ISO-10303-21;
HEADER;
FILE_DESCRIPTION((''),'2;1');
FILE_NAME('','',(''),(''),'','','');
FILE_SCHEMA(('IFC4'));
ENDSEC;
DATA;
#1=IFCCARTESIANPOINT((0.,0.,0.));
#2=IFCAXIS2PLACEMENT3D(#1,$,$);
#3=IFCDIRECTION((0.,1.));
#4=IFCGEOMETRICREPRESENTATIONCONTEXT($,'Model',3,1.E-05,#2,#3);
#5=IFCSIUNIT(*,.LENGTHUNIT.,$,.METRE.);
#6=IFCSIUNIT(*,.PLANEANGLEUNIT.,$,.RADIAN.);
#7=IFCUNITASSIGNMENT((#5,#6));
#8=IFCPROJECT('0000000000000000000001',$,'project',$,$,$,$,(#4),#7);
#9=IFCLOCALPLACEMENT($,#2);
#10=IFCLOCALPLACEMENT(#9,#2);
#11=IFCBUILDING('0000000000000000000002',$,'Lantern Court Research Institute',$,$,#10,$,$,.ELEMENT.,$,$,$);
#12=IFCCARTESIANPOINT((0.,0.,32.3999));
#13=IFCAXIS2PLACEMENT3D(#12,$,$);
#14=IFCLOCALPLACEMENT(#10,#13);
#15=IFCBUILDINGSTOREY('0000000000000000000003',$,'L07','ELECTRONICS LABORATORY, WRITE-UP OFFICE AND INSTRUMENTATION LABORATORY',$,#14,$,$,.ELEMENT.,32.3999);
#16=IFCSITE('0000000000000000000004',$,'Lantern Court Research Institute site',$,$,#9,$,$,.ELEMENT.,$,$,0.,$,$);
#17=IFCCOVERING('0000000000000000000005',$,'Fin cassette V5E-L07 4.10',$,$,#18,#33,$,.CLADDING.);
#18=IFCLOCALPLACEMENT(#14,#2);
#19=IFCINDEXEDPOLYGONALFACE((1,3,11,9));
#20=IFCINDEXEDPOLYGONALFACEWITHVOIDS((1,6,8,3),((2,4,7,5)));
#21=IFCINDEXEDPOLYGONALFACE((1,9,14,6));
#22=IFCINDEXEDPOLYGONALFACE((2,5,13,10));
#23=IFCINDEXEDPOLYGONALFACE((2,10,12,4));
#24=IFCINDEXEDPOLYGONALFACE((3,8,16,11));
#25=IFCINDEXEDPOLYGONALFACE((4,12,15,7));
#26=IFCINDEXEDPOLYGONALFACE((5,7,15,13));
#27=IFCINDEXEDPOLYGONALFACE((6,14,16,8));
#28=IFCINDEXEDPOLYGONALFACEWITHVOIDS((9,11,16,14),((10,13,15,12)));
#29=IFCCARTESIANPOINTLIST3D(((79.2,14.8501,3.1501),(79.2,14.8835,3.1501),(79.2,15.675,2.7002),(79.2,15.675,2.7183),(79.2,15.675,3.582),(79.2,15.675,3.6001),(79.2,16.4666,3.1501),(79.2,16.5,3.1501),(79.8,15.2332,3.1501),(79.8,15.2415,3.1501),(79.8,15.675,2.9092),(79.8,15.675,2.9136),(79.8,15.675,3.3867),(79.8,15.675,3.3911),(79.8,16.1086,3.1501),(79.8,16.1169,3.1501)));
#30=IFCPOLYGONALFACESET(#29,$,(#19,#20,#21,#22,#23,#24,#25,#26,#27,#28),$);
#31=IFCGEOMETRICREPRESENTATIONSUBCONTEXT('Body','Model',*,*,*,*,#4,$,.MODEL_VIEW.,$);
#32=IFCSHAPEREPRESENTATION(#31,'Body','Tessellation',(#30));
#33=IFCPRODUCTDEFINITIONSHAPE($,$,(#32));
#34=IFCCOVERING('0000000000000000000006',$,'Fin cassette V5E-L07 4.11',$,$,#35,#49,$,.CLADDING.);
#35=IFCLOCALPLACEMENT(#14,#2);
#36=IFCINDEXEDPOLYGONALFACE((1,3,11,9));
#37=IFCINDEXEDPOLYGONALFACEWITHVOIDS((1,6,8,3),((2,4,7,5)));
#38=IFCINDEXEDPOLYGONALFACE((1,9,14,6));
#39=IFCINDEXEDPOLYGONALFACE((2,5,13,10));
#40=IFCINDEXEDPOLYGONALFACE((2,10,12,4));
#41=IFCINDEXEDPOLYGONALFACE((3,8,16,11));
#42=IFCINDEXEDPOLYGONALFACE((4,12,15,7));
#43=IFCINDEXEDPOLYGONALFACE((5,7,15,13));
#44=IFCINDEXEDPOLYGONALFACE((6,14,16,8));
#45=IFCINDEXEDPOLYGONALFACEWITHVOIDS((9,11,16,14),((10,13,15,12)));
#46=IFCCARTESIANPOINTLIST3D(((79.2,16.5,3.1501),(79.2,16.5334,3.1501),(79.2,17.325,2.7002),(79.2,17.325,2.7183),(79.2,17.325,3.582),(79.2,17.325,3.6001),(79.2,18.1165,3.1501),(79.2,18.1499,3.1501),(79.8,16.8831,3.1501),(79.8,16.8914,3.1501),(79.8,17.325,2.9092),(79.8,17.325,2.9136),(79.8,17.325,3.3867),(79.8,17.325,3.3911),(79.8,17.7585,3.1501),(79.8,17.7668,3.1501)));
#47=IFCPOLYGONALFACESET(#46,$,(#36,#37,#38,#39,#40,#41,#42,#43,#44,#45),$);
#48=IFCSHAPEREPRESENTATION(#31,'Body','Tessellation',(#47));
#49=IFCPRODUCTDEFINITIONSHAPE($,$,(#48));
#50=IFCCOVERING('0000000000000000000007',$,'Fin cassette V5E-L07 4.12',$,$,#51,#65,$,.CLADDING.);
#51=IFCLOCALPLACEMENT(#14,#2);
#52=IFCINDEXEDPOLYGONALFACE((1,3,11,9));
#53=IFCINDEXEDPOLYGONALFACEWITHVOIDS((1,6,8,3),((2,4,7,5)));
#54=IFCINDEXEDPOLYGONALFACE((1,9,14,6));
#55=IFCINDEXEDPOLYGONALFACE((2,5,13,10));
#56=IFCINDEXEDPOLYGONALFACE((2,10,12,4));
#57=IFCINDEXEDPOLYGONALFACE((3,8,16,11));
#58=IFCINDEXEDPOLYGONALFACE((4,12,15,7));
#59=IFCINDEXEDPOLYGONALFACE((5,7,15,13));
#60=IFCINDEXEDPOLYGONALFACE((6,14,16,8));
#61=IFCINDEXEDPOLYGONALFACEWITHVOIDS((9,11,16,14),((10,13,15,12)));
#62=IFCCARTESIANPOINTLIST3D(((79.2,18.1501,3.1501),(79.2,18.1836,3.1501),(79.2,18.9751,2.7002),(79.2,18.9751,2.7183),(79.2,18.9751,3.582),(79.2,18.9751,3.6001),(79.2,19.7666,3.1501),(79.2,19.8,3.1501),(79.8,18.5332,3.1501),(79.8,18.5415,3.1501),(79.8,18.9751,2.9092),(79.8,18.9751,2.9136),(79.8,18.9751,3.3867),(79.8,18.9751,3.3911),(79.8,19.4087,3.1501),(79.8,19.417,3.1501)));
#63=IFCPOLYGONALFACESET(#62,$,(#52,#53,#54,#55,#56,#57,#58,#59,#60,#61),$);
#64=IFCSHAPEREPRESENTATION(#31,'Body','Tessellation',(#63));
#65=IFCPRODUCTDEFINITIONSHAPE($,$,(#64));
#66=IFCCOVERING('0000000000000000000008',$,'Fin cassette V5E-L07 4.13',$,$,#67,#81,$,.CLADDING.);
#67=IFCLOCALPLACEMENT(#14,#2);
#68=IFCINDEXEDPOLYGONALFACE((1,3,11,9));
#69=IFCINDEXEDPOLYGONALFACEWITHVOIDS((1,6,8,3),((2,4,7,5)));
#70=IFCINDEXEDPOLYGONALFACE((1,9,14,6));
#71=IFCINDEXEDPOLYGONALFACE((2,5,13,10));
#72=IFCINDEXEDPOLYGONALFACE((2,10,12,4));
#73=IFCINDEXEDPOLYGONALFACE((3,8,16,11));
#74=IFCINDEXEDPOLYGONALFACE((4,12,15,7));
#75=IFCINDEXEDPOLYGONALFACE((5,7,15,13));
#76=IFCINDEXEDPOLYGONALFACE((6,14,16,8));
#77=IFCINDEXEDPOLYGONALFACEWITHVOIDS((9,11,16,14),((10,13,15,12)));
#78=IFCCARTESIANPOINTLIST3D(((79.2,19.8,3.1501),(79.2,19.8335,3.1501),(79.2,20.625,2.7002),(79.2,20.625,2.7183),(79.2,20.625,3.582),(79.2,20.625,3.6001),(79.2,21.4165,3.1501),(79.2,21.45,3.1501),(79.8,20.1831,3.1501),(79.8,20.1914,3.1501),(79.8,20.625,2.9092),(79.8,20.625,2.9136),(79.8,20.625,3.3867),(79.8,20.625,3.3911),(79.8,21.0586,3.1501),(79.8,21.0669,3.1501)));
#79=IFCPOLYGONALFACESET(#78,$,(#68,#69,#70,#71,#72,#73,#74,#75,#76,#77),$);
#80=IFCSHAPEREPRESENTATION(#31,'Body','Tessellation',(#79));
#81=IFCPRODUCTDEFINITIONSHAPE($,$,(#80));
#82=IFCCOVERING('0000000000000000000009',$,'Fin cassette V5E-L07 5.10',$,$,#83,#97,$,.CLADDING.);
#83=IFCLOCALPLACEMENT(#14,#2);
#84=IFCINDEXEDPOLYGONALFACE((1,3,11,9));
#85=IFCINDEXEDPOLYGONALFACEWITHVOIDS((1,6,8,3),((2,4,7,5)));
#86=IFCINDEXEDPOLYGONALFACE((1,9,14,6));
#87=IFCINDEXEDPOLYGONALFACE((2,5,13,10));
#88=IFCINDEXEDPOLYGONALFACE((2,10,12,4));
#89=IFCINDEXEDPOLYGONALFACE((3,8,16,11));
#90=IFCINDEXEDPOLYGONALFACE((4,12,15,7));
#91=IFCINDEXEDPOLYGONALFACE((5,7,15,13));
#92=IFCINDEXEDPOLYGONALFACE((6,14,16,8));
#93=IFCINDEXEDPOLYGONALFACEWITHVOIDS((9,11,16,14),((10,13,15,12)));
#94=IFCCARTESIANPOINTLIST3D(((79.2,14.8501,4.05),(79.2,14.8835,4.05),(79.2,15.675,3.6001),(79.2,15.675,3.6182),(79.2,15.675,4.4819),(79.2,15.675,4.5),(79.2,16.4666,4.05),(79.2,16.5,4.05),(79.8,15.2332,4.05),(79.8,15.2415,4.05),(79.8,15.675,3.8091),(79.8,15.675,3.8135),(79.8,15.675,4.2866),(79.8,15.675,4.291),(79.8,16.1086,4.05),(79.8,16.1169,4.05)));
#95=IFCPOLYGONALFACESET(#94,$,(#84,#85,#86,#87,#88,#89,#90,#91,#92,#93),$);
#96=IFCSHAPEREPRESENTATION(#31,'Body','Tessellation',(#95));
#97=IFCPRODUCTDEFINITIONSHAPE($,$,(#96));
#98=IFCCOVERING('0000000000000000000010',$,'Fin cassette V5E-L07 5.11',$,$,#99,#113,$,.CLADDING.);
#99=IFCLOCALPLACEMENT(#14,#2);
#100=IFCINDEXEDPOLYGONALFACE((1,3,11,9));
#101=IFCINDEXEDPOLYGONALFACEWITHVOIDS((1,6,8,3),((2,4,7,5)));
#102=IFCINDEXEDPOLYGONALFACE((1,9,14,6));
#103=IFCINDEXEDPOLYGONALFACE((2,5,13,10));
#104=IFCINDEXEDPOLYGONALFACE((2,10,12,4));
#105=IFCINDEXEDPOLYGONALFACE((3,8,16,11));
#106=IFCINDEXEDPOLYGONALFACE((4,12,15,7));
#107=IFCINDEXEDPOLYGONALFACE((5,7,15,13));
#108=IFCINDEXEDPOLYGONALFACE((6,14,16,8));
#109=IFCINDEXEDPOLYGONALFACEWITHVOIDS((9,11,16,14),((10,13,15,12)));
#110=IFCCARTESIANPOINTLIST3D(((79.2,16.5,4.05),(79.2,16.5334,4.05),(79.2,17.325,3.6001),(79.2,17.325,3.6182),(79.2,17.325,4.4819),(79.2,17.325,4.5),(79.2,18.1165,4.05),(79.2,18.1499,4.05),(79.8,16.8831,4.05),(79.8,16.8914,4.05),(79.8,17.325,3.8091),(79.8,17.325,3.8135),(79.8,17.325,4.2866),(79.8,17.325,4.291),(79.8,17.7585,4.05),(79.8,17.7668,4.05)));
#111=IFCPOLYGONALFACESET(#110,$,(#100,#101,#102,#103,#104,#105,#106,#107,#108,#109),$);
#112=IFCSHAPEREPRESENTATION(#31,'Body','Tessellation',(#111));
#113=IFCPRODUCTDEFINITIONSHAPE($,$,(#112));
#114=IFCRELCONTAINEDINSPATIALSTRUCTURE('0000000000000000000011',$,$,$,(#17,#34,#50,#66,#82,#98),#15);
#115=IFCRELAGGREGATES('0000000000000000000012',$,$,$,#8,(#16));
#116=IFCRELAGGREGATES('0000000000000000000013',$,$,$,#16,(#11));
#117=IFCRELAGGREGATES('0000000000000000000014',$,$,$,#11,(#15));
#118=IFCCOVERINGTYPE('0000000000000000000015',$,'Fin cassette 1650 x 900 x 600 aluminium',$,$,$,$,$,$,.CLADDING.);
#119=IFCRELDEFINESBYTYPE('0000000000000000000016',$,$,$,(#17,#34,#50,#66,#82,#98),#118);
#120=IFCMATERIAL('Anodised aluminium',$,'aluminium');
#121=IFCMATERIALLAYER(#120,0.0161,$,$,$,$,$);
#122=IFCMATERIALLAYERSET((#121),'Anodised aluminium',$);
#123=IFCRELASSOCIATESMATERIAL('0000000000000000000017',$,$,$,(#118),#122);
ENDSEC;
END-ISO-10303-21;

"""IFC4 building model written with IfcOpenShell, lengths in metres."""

from ifc_helpers import new_model, entity, si_unit, direction, frame, origin, place, context, subcontext, project, spatial, material, layer, layer_set, type_object, element, save


model = new_model("IFC4")

# Units and contexts
model_context = context("Model", 3, precision=1e-05, world=origin(), true_north=direction((0.0, 1.0)))
body_context = subcontext(model_context, "Body", "Model", "MODEL_VIEW")
ifc_project = project(units=[si_unit("LENGTHUNIT", "METRE"), si_unit("PLANEANGLEUNIT", "RADIAN")], contexts=[model_context])

# Site, building, storey
site_placement = place(None, origin())
site = spatial("IfcSite", under=ifc_project, at=site_placement, Name="Lantern Court Research Institute site", CompositionType="ELEMENT", RefElevation=0.0)
building_placement = place(site_placement, origin())
building = spatial("IfcBuilding", under=site, at=building_placement, Name="Lantern Court Research Institute", CompositionType="ELEMENT")
storey_placement = place(building_placement, frame((0.0, 0.0, 32.3999)))
storey = spatial("IfcBuildingStorey", under=building, at=storey_placement, Name="L07", Description="ELECTRONICS LABORATORY, WRITE-UP OFFICE AND INSTRUMENTATION LABORATORY", CompositionType="ELEMENT", Elevation=32.3999)

# Coverings
ifc_material_1 = material(Name="Anodised aluminium", Category="aluminium")
ifc_layer_1 = layer(ifc_material_1, 0.0161)
ifc_layer_set_1 = layer_set([ifc_layer_1], Name="Anodised aluminium")
covering_type = type_object("IfcCoveringType", Name="Fin cassette 1650 x 900 x 600 aluminium", PredefinedType="CLADDING", material=ifc_layer_set_1)
covering_1_placement = place(storey_placement, frame((79.2, 15.675, 3.1501), z_axis=(1.0, 0.0, 0.0), x_axis=(0.0, 1.0, 0.0)))
cartesian_point_1 = entity("IfcCartesianPoint", [0.825, 0.0])
cartesian_point_2 = entity("IfcCartesianPoint", [0.7915, 0.0])
cartesian_point_3 = entity("IfcCartesianPoint", [0.4419, 0.0])
cartesian_point_4 = entity("IfcCartesianPoint", [0.4336, 0.0])
element("IfcCovering", 1, at=covering_1_placement, inside=storey, type_object=covering_type, Name="Fin cassette V5E-L07 4.10", PredefinedType="CLADDING", context=body_context, shape_type="SweptSolid", body=[
    entity("IfcExtrudedAreaSolidTapered", entity("IfcArbitraryProfileDefWithVoids", "AREA", None, entity("IfcPolyline", [cartesian_point_1, entity("IfcCartesianPoint", [0.0, 0.45]), entity("IfcCartesianPoint", [-0.825, 0.0]), entity("IfcCartesianPoint", [0.0, -0.45]), cartesian_point_1]), [entity("IfcPolyline", [cartesian_point_2, entity("IfcCartesianPoint", [0.0, 0.4319]), entity("IfcCartesianPoint", [-0.7915, 0.0]), entity("IfcCartesianPoint", [0.0, -0.4319]), cartesian_point_2])]), entity("IfcAxis2Placement3D", entity("IfcCartesianPoint", [0.0, 0.0, 0.0])), entity("IfcDirection", [0.0, 0.0, 1.0]), 0.6001, entity("IfcArbitraryProfileDefWithVoids", "AREA", None, entity("IfcPolyline", [cartesian_point_3, entity("IfcCartesianPoint", [0.0, 0.241]), entity("IfcCartesianPoint", [-0.4419, 0.0]), entity("IfcCartesianPoint", [0.0, -0.241]), cartesian_point_3]), [entity("IfcPolyline", [cartesian_point_4, entity("IfcCartesianPoint", [0.0, 0.2366]), entity("IfcCartesianPoint", [-0.4336, 0.0]), entity("IfcCartesianPoint", [0.0, -0.2366]), cartesian_point_4])])),
])
covering_2_placement = place(storey_placement, frame((79.2, 17.325, 3.1501), z_axis=(1.0, 0.0, 0.0), x_axis=(0.0, 1.0, 0.0)))
cartesian_point_5 = entity("IfcCartesianPoint", [0.825, 0.0])
cartesian_point_6 = entity("IfcCartesianPoint", [0.7915, 0.0])
cartesian_point_7 = entity("IfcCartesianPoint", [0.4419, 0.0])
cartesian_point_8 = entity("IfcCartesianPoint", [0.4336, 0.0])
element("IfcCovering", 2, at=covering_2_placement, inside=storey, type_object=covering_type, Name="Fin cassette V5E-L07 4.11", PredefinedType="CLADDING", context=body_context, shape_type="SweptSolid", body=[
    entity("IfcExtrudedAreaSolidTapered", entity("IfcArbitraryProfileDefWithVoids", "AREA", None, entity("IfcPolyline", [cartesian_point_5, entity("IfcCartesianPoint", [0.0, 0.45]), entity("IfcCartesianPoint", [-0.825, 0.0]), entity("IfcCartesianPoint", [0.0, -0.45]), cartesian_point_5]), [entity("IfcPolyline", [cartesian_point_6, entity("IfcCartesianPoint", [0.0, 0.4319]), entity("IfcCartesianPoint", [-0.7915, 0.0]), entity("IfcCartesianPoint", [0.0, -0.4319]), cartesian_point_6])]), entity("IfcAxis2Placement3D", entity("IfcCartesianPoint", [0.0, 0.0, 0.0])), entity("IfcDirection", [0.0, 0.0, 1.0]), 0.6001, entity("IfcArbitraryProfileDefWithVoids", "AREA", None, entity("IfcPolyline", [cartesian_point_7, entity("IfcCartesianPoint", [0.0, 0.241]), entity("IfcCartesianPoint", [-0.4419, 0.0]), entity("IfcCartesianPoint", [0.0, -0.241]), cartesian_point_7]), [entity("IfcPolyline", [cartesian_point_8, entity("IfcCartesianPoint", [0.0, 0.2366]), entity("IfcCartesianPoint", [-0.4336, 0.0]), entity("IfcCartesianPoint", [0.0, -0.2366]), cartesian_point_8])])),
])
covering_3_placement = place(storey_placement, frame((79.2, 18.9751, 3.1501), z_axis=(1.0, 0.0, 0.0), x_axis=(0.0, 1.0, 0.0)))
cartesian_point_9 = entity("IfcCartesianPoint", [0.825, 0.0])
cartesian_point_10 = entity("IfcCartesianPoint", [0.7915, 0.0])
cartesian_point_11 = entity("IfcCartesianPoint", [0.4419, 0.0])
cartesian_point_12 = entity("IfcCartesianPoint", [0.4336, 0.0])
element("IfcCovering", 3, at=covering_3_placement, inside=storey, type_object=covering_type, Name="Fin cassette V5E-L07 4.12", PredefinedType="CLADDING", context=body_context, shape_type="SweptSolid", body=[
    entity("IfcExtrudedAreaSolidTapered", entity("IfcArbitraryProfileDefWithVoids", "AREA", None, entity("IfcPolyline", [cartesian_point_9, entity("IfcCartesianPoint", [0.0, 0.45]), entity("IfcCartesianPoint", [-0.825, 0.0]), entity("IfcCartesianPoint", [0.0, -0.45]), cartesian_point_9]), [entity("IfcPolyline", [cartesian_point_10, entity("IfcCartesianPoint", [0.0, 0.4319]), entity("IfcCartesianPoint", [-0.7915, 0.0]), entity("IfcCartesianPoint", [0.0, -0.4319]), cartesian_point_10])]), entity("IfcAxis2Placement3D", entity("IfcCartesianPoint", [0.0, 0.0, 0.0])), entity("IfcDirection", [0.0, 0.0, 1.0]), 0.6001, entity("IfcArbitraryProfileDefWithVoids", "AREA", None, entity("IfcPolyline", [cartesian_point_11, entity("IfcCartesianPoint", [0.0, 0.241]), entity("IfcCartesianPoint", [-0.4419, 0.0]), entity("IfcCartesianPoint", [0.0, -0.241]), cartesian_point_11]), [entity("IfcPolyline", [cartesian_point_12, entity("IfcCartesianPoint", [0.0, 0.2366]), entity("IfcCartesianPoint", [-0.4336, 0.0]), entity("IfcCartesianPoint", [0.0, -0.2366]), cartesian_point_12])])),
])
covering_4_placement = place(storey_placement, frame((79.2, 20.625, 3.1501), z_axis=(1.0, 0.0, 0.0), x_axis=(0.0, 1.0, 0.0)))
cartesian_point_13 = entity("IfcCartesianPoint", [0.825, 0.0])
cartesian_point_14 = entity("IfcCartesianPoint", [0.7915, 0.0])
cartesian_point_15 = entity("IfcCartesianPoint", [0.4419, 0.0])
cartesian_point_16 = entity("IfcCartesianPoint", [0.4336, 0.0])
element("IfcCovering", 4, at=covering_4_placement, inside=storey, type_object=covering_type, Name="Fin cassette V5E-L07 4.13", PredefinedType="CLADDING", context=body_context, shape_type="SweptSolid", body=[
    entity("IfcExtrudedAreaSolidTapered", entity("IfcArbitraryProfileDefWithVoids", "AREA", None, entity("IfcPolyline", [cartesian_point_13, entity("IfcCartesianPoint", [0.0, 0.45]), entity("IfcCartesianPoint", [-0.825, 0.0]), entity("IfcCartesianPoint", [0.0, -0.45]), cartesian_point_13]), [entity("IfcPolyline", [cartesian_point_14, entity("IfcCartesianPoint", [0.0, 0.4319]), entity("IfcCartesianPoint", [-0.7915, 0.0]), entity("IfcCartesianPoint", [0.0, -0.4319]), cartesian_point_14])]), entity("IfcAxis2Placement3D", entity("IfcCartesianPoint", [0.0, 0.0, 0.0])), entity("IfcDirection", [0.0, 0.0, 1.0]), 0.6001, entity("IfcArbitraryProfileDefWithVoids", "AREA", None, entity("IfcPolyline", [cartesian_point_15, entity("IfcCartesianPoint", [0.0, 0.241]), entity("IfcCartesianPoint", [-0.4419, 0.0]), entity("IfcCartesianPoint", [0.0, -0.241]), cartesian_point_15]), [entity("IfcPolyline", [cartesian_point_16, entity("IfcCartesianPoint", [0.0, 0.2366]), entity("IfcCartesianPoint", [-0.4336, 0.0]), entity("IfcCartesianPoint", [0.0, -0.2366]), cartesian_point_16])])),
])
covering_5_placement = place(storey_placement, frame((79.2, 15.675, 4.05), z_axis=(1.0, 0.0, 0.0), x_axis=(0.0, 1.0, 0.0)))
cartesian_point_17 = entity("IfcCartesianPoint", [0.825, 0.0])
cartesian_point_18 = entity("IfcCartesianPoint", [0.7915, 0.0])
cartesian_point_19 = entity("IfcCartesianPoint", [0.4419, 0.0])
cartesian_point_20 = entity("IfcCartesianPoint", [0.4336, 0.0])
element("IfcCovering", 5, at=covering_5_placement, inside=storey, type_object=covering_type, Name="Fin cassette V5E-L07 5.10", PredefinedType="CLADDING", context=body_context, shape_type="SweptSolid", body=[
    entity("IfcExtrudedAreaSolidTapered", entity("IfcArbitraryProfileDefWithVoids", "AREA", None, entity("IfcPolyline", [cartesian_point_17, entity("IfcCartesianPoint", [0.0, 0.45]), entity("IfcCartesianPoint", [-0.825, 0.0]), entity("IfcCartesianPoint", [0.0, -0.45]), cartesian_point_17]), [entity("IfcPolyline", [cartesian_point_18, entity("IfcCartesianPoint", [0.0, 0.4319]), entity("IfcCartesianPoint", [-0.7915, 0.0]), entity("IfcCartesianPoint", [0.0, -0.4319]), cartesian_point_18])]), entity("IfcAxis2Placement3D", entity("IfcCartesianPoint", [0.0, 0.0, 0.0])), entity("IfcDirection", [0.0, 0.0, 1.0]), 0.6001, entity("IfcArbitraryProfileDefWithVoids", "AREA", None, entity("IfcPolyline", [cartesian_point_19, entity("IfcCartesianPoint", [0.0, 0.241]), entity("IfcCartesianPoint", [-0.4419, 0.0]), entity("IfcCartesianPoint", [0.0, -0.241]), cartesian_point_19]), [entity("IfcPolyline", [cartesian_point_20, entity("IfcCartesianPoint", [0.0, 0.2366]), entity("IfcCartesianPoint", [-0.4336, 0.0]), entity("IfcCartesianPoint", [0.0, -0.2366]), cartesian_point_20])])),
])
covering_6_placement = place(storey_placement, frame((79.2, 17.325, 4.05), z_axis=(1.0, 0.0, 0.0), x_axis=(0.0, 1.0, 0.0)))
cartesian_point_21 = entity("IfcCartesianPoint", [0.825, 0.0])
cartesian_point_22 = entity("IfcCartesianPoint", [0.7915, 0.0])
cartesian_point_23 = entity("IfcCartesianPoint", [0.4419, 0.0])
cartesian_point_24 = entity("IfcCartesianPoint", [0.4336, 0.0])
element("IfcCovering", 6, at=covering_6_placement, inside=storey, type_object=covering_type, Name="Fin cassette V5E-L07 5.11", PredefinedType="CLADDING", context=body_context, shape_type="SweptSolid", body=[
    entity("IfcExtrudedAreaSolidTapered", entity("IfcArbitraryProfileDefWithVoids", "AREA", None, entity("IfcPolyline", [cartesian_point_21, entity("IfcCartesianPoint", [0.0, 0.45]), entity("IfcCartesianPoint", [-0.825, 0.0]), entity("IfcCartesianPoint", [0.0, -0.45]), cartesian_point_21]), [entity("IfcPolyline", [cartesian_point_22, entity("IfcCartesianPoint", [0.0, 0.4319]), entity("IfcCartesianPoint", [-0.7915, 0.0]), entity("IfcCartesianPoint", [0.0, -0.4319]), cartesian_point_22])]), entity("IfcAxis2Placement3D", entity("IfcCartesianPoint", [0.0, 0.0, 0.0])), entity("IfcDirection", [0.0, 0.0, 1.0]), 0.6001, entity("IfcArbitraryProfileDefWithVoids", "AREA", None, entity("IfcPolyline", [cartesian_point_23, entity("IfcCartesianPoint", [0.0, 0.241]), entity("IfcCartesianPoint", [-0.4419, 0.0]), entity("IfcCartesianPoint", [0.0, -0.241]), cartesian_point_23]), [entity("IfcPolyline", [cartesian_point_24, entity("IfcCartesianPoint", [0.0, 0.2366]), entity("IfcCartesianPoint", [-0.4336, 0.0]), entity("IfcCartesianPoint", [0.0, -0.2366]), cartesian_point_24])])),
])

save(model, "model.ifc")
